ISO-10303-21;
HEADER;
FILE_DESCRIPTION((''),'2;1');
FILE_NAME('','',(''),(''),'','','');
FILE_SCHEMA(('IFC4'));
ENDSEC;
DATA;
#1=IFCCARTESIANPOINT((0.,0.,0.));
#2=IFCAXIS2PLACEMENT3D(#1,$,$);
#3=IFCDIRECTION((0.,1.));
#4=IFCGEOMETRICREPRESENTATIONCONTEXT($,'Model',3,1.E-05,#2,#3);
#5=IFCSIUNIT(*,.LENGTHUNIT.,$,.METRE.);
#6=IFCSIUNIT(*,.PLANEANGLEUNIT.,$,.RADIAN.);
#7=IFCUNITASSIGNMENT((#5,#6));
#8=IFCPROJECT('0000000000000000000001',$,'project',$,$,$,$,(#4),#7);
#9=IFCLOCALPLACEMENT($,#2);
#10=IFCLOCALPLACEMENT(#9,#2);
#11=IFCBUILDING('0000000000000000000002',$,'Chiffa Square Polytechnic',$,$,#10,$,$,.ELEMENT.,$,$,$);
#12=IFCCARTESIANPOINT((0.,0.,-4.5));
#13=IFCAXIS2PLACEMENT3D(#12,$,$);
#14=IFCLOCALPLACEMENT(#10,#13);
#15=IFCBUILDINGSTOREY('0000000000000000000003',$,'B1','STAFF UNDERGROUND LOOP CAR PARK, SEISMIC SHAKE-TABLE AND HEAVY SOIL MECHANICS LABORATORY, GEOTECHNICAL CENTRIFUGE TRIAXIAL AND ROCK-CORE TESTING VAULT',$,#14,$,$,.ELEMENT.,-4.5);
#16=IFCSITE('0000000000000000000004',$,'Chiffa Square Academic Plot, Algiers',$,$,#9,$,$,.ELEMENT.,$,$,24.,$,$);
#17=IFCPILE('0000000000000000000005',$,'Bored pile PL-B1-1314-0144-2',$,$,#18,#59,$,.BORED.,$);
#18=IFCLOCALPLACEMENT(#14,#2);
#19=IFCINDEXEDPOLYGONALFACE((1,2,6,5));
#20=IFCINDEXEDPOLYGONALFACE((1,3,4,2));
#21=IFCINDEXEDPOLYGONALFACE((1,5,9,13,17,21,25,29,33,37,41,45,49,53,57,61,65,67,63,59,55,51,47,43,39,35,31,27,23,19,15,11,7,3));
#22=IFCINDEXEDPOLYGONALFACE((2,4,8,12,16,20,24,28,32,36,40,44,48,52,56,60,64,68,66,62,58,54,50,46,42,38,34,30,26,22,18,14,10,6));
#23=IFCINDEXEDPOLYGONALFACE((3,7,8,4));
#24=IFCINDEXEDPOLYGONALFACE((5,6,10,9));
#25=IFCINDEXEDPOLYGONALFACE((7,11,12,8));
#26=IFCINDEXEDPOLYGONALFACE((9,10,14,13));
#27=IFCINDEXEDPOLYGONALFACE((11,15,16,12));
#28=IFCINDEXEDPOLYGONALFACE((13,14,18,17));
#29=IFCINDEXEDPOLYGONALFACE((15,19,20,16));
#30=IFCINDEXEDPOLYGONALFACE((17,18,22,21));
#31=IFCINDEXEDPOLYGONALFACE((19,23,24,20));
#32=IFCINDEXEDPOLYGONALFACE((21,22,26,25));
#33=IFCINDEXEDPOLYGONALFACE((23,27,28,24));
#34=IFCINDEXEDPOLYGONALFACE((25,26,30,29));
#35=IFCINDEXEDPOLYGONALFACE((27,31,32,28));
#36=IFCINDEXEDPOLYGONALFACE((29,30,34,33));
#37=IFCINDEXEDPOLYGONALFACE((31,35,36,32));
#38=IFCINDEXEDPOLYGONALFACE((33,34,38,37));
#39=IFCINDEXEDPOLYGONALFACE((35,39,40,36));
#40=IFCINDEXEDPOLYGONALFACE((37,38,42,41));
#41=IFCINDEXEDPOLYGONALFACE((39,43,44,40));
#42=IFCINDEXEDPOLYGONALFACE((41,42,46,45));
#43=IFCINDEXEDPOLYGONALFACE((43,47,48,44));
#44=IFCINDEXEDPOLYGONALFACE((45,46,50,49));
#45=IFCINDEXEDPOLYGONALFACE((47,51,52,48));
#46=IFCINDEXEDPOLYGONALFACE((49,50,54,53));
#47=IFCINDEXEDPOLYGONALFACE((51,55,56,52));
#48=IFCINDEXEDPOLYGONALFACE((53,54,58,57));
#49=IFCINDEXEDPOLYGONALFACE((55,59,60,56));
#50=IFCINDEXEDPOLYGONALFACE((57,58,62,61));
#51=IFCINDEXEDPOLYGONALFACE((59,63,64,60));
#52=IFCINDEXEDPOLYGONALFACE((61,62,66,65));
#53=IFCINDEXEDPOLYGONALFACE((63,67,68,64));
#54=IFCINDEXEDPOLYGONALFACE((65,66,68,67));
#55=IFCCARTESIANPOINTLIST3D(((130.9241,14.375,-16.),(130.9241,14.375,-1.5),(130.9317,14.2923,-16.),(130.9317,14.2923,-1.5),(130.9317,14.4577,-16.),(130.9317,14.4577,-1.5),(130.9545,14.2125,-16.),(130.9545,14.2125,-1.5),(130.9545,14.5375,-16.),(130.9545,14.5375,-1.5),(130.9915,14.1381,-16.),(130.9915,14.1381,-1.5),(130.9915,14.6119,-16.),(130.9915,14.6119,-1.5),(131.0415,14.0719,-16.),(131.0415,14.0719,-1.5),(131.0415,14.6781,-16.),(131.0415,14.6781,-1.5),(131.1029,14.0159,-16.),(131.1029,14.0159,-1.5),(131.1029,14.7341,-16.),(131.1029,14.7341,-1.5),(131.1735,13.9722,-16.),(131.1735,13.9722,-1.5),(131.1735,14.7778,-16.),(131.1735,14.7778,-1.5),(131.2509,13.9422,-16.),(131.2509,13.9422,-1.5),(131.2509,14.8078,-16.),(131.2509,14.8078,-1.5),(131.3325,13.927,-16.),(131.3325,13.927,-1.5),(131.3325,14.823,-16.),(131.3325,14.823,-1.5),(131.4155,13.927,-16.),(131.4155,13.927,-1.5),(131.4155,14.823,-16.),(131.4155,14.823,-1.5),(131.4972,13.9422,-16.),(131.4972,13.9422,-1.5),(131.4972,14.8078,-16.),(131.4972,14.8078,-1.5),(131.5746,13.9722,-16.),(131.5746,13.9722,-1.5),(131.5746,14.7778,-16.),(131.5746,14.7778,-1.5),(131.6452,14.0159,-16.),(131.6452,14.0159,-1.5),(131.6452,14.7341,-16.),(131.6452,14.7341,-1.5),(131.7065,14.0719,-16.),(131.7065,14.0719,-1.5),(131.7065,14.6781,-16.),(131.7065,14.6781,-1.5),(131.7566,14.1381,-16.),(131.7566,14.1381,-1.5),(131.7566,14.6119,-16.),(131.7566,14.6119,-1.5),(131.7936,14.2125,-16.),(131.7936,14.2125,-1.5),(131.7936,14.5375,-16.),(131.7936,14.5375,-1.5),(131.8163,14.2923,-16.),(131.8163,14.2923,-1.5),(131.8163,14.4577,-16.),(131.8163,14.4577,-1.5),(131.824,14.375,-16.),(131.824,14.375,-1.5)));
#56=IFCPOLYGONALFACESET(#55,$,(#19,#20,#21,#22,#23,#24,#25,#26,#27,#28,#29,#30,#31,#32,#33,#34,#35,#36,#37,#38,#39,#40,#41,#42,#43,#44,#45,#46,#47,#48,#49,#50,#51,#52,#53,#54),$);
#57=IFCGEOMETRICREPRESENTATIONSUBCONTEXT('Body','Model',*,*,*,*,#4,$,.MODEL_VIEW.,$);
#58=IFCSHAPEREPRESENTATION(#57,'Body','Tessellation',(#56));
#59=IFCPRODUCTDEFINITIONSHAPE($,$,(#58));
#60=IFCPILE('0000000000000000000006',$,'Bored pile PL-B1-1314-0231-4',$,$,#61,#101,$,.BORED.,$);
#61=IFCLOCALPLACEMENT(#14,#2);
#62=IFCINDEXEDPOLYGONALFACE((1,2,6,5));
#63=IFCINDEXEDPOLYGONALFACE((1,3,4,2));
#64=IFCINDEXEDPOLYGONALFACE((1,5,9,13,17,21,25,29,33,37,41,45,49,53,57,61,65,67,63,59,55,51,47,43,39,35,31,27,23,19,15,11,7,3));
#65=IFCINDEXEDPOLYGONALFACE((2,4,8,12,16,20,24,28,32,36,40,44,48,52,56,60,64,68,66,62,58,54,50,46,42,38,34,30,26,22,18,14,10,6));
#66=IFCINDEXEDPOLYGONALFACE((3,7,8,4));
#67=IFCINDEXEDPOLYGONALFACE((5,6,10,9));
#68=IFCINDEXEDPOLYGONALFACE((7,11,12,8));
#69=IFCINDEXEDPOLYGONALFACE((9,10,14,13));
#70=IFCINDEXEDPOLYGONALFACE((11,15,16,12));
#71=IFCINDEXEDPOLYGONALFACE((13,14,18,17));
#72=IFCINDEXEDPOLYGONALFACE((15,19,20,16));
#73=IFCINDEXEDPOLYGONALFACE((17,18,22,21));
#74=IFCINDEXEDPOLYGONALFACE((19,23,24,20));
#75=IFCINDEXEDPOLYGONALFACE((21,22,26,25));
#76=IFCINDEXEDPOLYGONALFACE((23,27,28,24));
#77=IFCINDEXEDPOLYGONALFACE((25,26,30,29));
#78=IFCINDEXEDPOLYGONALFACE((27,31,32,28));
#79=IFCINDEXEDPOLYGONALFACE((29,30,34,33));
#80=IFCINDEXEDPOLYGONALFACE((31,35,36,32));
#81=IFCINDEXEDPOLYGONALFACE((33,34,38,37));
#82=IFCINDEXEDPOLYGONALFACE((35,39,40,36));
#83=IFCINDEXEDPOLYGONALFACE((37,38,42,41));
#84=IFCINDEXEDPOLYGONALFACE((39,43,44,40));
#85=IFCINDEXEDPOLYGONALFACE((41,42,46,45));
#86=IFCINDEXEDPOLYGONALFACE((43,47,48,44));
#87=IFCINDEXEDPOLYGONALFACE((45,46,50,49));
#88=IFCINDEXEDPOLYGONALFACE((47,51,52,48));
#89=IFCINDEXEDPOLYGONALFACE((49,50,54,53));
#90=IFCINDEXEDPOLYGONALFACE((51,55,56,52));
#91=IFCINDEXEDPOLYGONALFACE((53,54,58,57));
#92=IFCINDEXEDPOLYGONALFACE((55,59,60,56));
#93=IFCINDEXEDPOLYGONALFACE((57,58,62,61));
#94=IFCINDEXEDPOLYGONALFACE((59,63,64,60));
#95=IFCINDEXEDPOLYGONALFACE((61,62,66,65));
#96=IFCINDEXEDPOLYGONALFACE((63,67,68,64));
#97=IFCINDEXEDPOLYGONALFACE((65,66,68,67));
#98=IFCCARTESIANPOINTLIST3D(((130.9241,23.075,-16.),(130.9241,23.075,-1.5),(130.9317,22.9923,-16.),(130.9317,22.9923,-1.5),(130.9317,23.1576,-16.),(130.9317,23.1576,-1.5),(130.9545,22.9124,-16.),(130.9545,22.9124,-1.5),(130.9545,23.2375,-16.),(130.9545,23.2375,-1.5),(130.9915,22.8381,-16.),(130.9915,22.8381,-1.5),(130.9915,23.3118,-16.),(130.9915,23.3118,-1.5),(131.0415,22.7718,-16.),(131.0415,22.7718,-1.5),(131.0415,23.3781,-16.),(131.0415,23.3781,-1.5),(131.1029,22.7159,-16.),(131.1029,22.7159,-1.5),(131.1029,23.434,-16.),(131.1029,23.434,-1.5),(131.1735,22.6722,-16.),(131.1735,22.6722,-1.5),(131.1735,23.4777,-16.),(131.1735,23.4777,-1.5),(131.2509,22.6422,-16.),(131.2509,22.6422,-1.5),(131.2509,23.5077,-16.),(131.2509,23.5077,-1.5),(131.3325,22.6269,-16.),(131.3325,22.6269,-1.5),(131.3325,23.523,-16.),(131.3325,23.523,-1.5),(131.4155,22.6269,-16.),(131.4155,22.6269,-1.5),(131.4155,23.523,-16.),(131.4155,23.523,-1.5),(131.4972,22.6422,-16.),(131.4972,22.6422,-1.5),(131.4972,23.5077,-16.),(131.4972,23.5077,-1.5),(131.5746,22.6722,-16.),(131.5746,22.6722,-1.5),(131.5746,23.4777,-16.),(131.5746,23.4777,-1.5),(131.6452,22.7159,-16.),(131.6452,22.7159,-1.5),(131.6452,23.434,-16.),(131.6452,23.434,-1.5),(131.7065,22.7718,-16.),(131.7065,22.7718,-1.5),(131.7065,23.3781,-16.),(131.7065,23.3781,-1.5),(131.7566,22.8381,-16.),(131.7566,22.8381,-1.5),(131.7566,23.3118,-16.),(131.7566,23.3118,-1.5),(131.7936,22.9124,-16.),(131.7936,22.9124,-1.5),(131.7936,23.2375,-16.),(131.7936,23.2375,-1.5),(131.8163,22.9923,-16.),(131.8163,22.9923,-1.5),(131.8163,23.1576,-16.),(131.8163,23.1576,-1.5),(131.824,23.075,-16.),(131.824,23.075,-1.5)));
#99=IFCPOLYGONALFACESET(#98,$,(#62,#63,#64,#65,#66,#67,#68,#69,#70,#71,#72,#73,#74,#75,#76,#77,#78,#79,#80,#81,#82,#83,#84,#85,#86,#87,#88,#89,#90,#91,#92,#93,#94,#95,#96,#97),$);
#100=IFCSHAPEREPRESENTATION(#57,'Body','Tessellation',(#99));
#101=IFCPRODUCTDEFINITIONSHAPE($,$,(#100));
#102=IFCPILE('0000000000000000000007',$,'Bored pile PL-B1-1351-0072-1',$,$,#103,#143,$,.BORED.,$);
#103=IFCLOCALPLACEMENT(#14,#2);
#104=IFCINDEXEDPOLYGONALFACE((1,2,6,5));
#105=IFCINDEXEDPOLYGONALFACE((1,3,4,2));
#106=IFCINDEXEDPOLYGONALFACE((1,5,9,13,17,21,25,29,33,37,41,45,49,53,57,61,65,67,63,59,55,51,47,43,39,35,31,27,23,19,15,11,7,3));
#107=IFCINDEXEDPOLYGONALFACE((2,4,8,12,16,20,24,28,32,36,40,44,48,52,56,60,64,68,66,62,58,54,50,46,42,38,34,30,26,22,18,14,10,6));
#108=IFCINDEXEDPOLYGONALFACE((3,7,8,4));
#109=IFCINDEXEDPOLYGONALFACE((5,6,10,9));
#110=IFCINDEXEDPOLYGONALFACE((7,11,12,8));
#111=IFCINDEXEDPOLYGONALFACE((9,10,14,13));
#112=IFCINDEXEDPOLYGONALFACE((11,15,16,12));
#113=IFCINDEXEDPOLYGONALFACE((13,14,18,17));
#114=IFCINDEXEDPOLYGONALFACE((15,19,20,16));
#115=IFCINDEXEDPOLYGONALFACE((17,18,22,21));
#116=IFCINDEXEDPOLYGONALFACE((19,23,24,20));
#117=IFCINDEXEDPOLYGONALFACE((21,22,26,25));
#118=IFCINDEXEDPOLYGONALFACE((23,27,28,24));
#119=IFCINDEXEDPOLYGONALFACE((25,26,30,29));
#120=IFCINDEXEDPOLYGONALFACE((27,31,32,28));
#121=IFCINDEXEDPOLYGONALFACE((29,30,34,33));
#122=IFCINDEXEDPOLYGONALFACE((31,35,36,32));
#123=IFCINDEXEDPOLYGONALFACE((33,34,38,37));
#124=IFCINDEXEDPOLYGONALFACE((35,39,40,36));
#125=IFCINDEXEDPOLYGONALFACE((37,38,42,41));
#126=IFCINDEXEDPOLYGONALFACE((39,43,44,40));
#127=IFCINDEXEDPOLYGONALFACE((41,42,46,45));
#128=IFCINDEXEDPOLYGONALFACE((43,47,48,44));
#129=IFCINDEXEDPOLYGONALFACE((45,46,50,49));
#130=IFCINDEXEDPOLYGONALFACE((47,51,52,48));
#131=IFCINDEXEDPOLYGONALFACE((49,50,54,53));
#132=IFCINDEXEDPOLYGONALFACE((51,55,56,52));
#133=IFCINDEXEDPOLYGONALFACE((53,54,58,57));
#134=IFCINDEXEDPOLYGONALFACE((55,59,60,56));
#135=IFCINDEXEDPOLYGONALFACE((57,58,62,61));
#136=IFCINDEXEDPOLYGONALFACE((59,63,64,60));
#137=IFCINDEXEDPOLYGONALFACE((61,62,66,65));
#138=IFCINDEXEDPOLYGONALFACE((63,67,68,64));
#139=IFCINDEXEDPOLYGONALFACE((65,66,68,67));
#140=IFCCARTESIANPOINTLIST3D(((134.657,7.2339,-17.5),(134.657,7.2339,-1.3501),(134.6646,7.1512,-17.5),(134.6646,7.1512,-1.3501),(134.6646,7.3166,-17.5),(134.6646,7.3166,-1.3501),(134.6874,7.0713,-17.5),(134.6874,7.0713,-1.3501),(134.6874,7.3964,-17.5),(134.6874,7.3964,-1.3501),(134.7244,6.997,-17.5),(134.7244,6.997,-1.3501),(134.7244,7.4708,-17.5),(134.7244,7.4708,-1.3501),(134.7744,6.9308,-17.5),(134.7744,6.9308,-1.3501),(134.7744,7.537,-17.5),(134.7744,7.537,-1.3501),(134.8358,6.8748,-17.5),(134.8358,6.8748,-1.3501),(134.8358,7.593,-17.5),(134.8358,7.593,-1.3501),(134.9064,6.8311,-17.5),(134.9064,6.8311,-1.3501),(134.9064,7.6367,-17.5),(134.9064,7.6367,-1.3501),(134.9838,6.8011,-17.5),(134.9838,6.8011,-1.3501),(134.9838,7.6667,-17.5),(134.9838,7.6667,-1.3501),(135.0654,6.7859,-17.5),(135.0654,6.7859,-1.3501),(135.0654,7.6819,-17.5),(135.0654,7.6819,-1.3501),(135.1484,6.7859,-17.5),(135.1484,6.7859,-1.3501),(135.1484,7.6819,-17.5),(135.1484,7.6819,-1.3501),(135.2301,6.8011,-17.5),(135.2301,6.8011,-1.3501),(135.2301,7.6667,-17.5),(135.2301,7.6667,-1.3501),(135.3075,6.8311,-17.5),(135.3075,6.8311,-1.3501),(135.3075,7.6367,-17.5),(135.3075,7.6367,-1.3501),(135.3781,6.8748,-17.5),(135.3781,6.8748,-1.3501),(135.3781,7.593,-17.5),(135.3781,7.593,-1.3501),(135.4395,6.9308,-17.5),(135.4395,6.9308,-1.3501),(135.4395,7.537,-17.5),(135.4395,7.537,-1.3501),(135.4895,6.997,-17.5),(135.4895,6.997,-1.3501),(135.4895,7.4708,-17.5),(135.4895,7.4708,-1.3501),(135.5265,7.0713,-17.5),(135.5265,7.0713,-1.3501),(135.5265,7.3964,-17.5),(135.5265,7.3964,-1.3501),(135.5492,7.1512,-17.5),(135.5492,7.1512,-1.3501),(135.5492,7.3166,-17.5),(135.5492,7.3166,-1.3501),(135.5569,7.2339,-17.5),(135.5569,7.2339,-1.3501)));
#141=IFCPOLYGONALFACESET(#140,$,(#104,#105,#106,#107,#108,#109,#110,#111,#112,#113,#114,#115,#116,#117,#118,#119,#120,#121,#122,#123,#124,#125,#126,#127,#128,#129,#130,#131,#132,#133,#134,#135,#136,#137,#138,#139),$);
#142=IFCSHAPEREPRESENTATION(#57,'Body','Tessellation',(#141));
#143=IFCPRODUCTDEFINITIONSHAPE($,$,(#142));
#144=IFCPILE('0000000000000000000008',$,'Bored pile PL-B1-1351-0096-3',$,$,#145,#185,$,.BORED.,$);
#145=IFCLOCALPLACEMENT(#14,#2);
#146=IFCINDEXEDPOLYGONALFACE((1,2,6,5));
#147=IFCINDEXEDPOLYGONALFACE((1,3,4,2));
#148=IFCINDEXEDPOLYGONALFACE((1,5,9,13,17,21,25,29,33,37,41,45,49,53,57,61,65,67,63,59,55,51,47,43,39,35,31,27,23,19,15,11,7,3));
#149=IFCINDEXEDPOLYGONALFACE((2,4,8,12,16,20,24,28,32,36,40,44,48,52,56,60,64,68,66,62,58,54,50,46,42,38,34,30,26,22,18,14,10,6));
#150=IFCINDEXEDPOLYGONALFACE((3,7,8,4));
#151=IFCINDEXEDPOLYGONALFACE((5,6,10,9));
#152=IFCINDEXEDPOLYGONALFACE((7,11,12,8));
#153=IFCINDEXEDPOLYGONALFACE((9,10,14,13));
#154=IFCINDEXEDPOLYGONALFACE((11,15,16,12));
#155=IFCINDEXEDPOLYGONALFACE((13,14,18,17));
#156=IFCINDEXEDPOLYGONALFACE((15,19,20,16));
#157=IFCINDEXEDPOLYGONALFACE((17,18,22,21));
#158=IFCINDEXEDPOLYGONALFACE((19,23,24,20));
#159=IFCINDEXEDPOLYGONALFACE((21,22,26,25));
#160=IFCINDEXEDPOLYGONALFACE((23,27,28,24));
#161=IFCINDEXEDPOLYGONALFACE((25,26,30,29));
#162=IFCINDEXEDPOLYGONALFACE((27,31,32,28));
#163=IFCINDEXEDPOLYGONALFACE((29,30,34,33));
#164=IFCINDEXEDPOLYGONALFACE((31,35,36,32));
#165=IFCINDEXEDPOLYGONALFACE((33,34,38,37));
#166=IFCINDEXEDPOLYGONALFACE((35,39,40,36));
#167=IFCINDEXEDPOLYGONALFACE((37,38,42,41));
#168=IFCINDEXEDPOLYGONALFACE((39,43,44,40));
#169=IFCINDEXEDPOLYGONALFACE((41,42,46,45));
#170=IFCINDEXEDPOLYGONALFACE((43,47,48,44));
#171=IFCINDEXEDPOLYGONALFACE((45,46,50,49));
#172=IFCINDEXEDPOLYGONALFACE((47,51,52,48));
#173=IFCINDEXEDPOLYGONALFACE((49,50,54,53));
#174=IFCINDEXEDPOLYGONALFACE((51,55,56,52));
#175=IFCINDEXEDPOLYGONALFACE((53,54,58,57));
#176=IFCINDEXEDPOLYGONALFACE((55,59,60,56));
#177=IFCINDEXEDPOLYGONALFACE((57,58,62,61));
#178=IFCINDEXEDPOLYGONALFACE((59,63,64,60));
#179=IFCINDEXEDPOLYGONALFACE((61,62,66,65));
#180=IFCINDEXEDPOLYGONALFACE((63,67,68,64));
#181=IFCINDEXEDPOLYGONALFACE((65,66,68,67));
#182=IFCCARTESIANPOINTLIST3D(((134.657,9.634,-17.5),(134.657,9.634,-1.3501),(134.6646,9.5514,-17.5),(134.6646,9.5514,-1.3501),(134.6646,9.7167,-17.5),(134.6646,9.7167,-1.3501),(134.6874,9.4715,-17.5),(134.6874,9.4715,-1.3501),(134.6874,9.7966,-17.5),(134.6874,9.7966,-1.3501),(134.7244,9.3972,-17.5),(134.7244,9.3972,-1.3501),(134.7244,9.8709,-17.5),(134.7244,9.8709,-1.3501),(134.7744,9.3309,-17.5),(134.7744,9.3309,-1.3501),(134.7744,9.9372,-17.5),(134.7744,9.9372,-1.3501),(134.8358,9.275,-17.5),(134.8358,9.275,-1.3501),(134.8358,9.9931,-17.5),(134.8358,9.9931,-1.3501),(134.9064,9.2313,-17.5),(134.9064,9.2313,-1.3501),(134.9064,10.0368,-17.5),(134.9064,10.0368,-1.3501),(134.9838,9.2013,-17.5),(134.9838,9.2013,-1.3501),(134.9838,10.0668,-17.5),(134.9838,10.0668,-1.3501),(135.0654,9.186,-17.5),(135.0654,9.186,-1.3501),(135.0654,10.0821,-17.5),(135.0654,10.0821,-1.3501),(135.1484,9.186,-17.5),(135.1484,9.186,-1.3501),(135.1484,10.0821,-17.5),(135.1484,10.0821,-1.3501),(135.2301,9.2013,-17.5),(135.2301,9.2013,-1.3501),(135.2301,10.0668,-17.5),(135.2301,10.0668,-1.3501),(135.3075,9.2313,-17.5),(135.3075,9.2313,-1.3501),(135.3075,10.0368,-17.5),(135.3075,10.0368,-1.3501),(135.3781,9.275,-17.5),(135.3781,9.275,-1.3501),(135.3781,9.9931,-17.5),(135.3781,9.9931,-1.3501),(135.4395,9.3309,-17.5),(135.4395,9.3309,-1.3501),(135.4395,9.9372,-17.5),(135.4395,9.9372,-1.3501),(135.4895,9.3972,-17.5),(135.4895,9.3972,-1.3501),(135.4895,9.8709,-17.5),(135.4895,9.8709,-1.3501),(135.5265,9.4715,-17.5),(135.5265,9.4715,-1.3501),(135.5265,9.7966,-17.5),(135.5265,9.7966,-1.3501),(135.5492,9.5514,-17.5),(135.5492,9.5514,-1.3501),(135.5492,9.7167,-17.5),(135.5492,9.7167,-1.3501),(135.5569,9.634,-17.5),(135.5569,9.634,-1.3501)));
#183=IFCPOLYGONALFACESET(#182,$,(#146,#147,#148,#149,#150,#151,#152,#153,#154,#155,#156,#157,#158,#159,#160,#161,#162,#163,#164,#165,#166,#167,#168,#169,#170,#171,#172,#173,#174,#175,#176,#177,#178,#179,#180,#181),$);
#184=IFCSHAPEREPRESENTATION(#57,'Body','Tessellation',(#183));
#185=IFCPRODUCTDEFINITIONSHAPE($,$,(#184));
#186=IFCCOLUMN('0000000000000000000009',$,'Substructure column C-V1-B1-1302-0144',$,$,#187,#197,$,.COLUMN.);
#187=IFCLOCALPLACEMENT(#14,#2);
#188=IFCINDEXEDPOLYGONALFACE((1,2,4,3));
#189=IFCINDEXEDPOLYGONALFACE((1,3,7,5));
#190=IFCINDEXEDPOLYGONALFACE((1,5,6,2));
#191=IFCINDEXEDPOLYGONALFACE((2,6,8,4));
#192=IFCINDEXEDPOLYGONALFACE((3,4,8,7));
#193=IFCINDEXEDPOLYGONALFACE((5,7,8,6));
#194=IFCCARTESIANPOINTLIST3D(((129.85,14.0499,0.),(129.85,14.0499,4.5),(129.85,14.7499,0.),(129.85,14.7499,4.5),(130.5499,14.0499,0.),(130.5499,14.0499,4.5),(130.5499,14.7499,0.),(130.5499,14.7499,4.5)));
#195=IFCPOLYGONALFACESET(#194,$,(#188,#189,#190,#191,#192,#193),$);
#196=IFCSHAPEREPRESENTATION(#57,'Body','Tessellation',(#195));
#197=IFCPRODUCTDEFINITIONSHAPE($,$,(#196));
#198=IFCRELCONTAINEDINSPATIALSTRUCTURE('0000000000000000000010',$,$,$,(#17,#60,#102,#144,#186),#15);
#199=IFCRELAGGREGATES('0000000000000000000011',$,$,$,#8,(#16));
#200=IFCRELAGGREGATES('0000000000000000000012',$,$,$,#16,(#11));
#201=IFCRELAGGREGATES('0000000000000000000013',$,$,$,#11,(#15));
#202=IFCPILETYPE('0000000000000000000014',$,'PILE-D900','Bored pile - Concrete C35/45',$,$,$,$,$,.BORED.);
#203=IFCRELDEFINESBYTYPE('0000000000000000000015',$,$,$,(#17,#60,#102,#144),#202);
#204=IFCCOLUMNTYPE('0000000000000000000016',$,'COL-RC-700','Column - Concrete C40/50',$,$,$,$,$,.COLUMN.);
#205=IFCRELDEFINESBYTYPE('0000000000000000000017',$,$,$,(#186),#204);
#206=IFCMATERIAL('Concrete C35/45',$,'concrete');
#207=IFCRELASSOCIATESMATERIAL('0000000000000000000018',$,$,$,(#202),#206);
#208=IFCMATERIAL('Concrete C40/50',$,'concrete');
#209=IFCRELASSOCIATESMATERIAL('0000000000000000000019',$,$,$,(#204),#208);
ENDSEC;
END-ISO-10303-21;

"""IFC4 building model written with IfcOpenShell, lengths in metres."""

from ifc_helpers import new_model, si_unit, direction, frame, origin, origin_2d, place, context, subcontext, project, spatial, rectangle, circle, extrude, material, material_profile, profile_set, type_object, element, save


model = new_model("IFC4")

# Units and contexts
model_context = context("Model", 3, precision=1e-05, world=origin(), true_north=direction((0.0, 1.0)))
body_context = subcontext(model_context, "Body", "Model", "MODEL_VIEW")
ifc_project = project(units=[si_unit("LENGTHUNIT", "METRE"), si_unit("PLANEANGLEUNIT", "RADIAN")], contexts=[model_context])

# Site, building, storey
site_placement = place(None, origin())
site = spatial("IfcSite", under=ifc_project, at=site_placement, Name="Chiffa Square Academic Plot, Algiers", CompositionType="ELEMENT", RefElevation=24.0)
building_placement = place(site_placement, origin())
building = spatial("IfcBuilding", under=site, at=building_placement, Name="Chiffa Square Polytechnic", CompositionType="ELEMENT")
storey_placement = place(building_placement, frame((0.0, 0.0, -4.5)))
storey = spatial("IfcBuildingStorey", under=building, at=storey_placement, Name="B1", Description="STAFF UNDERGROUND LOOP CAR PARK, SEISMIC SHAKE-TABLE AND HEAVY SOIL MECHANICS LABORATORY, GEOTECHNICAL CENTRIFUGE TRIAXIAL AND ROCK-CORE TESTING VAULT", CompositionType="ELEMENT", Elevation=-4.5)

# Piles
ifc_material_1 = material(Name="Concrete C35/45", Category="concrete")
ifc_material_profile_1 = material_profile(ifc_material_1, circle(Radius=0.45, at=origin_2d()), Name="PILE D900")
ifc_profile_set_1 = profile_set([ifc_material_profile_1], Name="Concrete C35/45")
pile_type = type_object("IfcPileType", Name="PILE-D900", Description="Bored pile - Concrete C35/45", PredefinedType="BORED", material=ifc_profile_set_1)
for number, where, z_axis, x_axis, name in (
    (1, (131.374, 14.375, -1.5), (0.0, 0.0, -1.0), (1.0, 0.0, 0.0), "Bored pile PL-B1-1314-0144-2"),
    (2, (131.374, 23.075, -1.5), (0.0, 0.0, -1.0), (1.0, 0.0, 0.0), "Bored pile PL-B1-1314-0231-4"),
):
    element("IfcPile", number, at=place(storey_placement, frame(where, z_axis=z_axis, x_axis=x_axis)), inside=storey, type_object=pile_type, Name=name, PredefinedType="BORED", context=body_context, shape_type="SweptSolid", body=[
        extrude(circle(Radius=0.45, at=origin_2d()), origin(), (0.0, 0.0, 1.0), 14.5),
    ])
for number, where, z_axis, x_axis, name in (
    (3, (135.1069, 7.2339, -1.3501), (0.0, 0.0, -1.0), (1.0, 0.0, 0.0), "Bored pile PL-B1-1351-0072-1"),
    (4, (135.1069, 9.634, -1.3501), (0.0, 0.0, -1.0), (1.0, 0.0, 0.0), "Bored pile PL-B1-1351-0096-3"),
):
    element("IfcPile", number, at=place(storey_placement, frame(where, z_axis=z_axis, x_axis=x_axis)), inside=storey, type_object=pile_type, Name=name, PredefinedType="BORED", context=body_context, shape_type="SweptSolid", body=[
        extrude(circle(Radius=0.45, at=origin_2d()), origin(), (0.0, 0.0, 1.0), 16.1499),
    ])

# Column
ifc_material_2 = material(Name="Concrete C40/50", Category="concrete")
ifc_material_profile_2 = material_profile(ifc_material_2, rectangle(XDim=0.7, YDim=0.7, at=origin_2d()), Name="RC 700x700")
ifc_profile_set_2 = profile_set([ifc_material_profile_2], Name="Concrete C40/50")
column_type = type_object("IfcColumnType", Name="COL-RC-700", Description="Column - Concrete C40/50", PredefinedType="COLUMN", material=ifc_profile_set_2)
column_placement = place(storey_placement, frame((130.2, 14.3999, 0.0), z_axis=(0.0, 0.0, 1.0), x_axis=(1.0, 0.0, 0.0)))
element("IfcColumn", 5, at=column_placement, inside=storey, type_object=column_type, Name="Substructure column C-V1-B1-1302-0144", PredefinedType="COLUMN", context=body_context, shape_type="SweptSolid", body=[
    extrude(rectangle(XDim=0.7, YDim=0.7, at=origin_2d()), origin(), (0.0, 0.0, 1.0), 4.5),
])

save(model, "model.ifc")
